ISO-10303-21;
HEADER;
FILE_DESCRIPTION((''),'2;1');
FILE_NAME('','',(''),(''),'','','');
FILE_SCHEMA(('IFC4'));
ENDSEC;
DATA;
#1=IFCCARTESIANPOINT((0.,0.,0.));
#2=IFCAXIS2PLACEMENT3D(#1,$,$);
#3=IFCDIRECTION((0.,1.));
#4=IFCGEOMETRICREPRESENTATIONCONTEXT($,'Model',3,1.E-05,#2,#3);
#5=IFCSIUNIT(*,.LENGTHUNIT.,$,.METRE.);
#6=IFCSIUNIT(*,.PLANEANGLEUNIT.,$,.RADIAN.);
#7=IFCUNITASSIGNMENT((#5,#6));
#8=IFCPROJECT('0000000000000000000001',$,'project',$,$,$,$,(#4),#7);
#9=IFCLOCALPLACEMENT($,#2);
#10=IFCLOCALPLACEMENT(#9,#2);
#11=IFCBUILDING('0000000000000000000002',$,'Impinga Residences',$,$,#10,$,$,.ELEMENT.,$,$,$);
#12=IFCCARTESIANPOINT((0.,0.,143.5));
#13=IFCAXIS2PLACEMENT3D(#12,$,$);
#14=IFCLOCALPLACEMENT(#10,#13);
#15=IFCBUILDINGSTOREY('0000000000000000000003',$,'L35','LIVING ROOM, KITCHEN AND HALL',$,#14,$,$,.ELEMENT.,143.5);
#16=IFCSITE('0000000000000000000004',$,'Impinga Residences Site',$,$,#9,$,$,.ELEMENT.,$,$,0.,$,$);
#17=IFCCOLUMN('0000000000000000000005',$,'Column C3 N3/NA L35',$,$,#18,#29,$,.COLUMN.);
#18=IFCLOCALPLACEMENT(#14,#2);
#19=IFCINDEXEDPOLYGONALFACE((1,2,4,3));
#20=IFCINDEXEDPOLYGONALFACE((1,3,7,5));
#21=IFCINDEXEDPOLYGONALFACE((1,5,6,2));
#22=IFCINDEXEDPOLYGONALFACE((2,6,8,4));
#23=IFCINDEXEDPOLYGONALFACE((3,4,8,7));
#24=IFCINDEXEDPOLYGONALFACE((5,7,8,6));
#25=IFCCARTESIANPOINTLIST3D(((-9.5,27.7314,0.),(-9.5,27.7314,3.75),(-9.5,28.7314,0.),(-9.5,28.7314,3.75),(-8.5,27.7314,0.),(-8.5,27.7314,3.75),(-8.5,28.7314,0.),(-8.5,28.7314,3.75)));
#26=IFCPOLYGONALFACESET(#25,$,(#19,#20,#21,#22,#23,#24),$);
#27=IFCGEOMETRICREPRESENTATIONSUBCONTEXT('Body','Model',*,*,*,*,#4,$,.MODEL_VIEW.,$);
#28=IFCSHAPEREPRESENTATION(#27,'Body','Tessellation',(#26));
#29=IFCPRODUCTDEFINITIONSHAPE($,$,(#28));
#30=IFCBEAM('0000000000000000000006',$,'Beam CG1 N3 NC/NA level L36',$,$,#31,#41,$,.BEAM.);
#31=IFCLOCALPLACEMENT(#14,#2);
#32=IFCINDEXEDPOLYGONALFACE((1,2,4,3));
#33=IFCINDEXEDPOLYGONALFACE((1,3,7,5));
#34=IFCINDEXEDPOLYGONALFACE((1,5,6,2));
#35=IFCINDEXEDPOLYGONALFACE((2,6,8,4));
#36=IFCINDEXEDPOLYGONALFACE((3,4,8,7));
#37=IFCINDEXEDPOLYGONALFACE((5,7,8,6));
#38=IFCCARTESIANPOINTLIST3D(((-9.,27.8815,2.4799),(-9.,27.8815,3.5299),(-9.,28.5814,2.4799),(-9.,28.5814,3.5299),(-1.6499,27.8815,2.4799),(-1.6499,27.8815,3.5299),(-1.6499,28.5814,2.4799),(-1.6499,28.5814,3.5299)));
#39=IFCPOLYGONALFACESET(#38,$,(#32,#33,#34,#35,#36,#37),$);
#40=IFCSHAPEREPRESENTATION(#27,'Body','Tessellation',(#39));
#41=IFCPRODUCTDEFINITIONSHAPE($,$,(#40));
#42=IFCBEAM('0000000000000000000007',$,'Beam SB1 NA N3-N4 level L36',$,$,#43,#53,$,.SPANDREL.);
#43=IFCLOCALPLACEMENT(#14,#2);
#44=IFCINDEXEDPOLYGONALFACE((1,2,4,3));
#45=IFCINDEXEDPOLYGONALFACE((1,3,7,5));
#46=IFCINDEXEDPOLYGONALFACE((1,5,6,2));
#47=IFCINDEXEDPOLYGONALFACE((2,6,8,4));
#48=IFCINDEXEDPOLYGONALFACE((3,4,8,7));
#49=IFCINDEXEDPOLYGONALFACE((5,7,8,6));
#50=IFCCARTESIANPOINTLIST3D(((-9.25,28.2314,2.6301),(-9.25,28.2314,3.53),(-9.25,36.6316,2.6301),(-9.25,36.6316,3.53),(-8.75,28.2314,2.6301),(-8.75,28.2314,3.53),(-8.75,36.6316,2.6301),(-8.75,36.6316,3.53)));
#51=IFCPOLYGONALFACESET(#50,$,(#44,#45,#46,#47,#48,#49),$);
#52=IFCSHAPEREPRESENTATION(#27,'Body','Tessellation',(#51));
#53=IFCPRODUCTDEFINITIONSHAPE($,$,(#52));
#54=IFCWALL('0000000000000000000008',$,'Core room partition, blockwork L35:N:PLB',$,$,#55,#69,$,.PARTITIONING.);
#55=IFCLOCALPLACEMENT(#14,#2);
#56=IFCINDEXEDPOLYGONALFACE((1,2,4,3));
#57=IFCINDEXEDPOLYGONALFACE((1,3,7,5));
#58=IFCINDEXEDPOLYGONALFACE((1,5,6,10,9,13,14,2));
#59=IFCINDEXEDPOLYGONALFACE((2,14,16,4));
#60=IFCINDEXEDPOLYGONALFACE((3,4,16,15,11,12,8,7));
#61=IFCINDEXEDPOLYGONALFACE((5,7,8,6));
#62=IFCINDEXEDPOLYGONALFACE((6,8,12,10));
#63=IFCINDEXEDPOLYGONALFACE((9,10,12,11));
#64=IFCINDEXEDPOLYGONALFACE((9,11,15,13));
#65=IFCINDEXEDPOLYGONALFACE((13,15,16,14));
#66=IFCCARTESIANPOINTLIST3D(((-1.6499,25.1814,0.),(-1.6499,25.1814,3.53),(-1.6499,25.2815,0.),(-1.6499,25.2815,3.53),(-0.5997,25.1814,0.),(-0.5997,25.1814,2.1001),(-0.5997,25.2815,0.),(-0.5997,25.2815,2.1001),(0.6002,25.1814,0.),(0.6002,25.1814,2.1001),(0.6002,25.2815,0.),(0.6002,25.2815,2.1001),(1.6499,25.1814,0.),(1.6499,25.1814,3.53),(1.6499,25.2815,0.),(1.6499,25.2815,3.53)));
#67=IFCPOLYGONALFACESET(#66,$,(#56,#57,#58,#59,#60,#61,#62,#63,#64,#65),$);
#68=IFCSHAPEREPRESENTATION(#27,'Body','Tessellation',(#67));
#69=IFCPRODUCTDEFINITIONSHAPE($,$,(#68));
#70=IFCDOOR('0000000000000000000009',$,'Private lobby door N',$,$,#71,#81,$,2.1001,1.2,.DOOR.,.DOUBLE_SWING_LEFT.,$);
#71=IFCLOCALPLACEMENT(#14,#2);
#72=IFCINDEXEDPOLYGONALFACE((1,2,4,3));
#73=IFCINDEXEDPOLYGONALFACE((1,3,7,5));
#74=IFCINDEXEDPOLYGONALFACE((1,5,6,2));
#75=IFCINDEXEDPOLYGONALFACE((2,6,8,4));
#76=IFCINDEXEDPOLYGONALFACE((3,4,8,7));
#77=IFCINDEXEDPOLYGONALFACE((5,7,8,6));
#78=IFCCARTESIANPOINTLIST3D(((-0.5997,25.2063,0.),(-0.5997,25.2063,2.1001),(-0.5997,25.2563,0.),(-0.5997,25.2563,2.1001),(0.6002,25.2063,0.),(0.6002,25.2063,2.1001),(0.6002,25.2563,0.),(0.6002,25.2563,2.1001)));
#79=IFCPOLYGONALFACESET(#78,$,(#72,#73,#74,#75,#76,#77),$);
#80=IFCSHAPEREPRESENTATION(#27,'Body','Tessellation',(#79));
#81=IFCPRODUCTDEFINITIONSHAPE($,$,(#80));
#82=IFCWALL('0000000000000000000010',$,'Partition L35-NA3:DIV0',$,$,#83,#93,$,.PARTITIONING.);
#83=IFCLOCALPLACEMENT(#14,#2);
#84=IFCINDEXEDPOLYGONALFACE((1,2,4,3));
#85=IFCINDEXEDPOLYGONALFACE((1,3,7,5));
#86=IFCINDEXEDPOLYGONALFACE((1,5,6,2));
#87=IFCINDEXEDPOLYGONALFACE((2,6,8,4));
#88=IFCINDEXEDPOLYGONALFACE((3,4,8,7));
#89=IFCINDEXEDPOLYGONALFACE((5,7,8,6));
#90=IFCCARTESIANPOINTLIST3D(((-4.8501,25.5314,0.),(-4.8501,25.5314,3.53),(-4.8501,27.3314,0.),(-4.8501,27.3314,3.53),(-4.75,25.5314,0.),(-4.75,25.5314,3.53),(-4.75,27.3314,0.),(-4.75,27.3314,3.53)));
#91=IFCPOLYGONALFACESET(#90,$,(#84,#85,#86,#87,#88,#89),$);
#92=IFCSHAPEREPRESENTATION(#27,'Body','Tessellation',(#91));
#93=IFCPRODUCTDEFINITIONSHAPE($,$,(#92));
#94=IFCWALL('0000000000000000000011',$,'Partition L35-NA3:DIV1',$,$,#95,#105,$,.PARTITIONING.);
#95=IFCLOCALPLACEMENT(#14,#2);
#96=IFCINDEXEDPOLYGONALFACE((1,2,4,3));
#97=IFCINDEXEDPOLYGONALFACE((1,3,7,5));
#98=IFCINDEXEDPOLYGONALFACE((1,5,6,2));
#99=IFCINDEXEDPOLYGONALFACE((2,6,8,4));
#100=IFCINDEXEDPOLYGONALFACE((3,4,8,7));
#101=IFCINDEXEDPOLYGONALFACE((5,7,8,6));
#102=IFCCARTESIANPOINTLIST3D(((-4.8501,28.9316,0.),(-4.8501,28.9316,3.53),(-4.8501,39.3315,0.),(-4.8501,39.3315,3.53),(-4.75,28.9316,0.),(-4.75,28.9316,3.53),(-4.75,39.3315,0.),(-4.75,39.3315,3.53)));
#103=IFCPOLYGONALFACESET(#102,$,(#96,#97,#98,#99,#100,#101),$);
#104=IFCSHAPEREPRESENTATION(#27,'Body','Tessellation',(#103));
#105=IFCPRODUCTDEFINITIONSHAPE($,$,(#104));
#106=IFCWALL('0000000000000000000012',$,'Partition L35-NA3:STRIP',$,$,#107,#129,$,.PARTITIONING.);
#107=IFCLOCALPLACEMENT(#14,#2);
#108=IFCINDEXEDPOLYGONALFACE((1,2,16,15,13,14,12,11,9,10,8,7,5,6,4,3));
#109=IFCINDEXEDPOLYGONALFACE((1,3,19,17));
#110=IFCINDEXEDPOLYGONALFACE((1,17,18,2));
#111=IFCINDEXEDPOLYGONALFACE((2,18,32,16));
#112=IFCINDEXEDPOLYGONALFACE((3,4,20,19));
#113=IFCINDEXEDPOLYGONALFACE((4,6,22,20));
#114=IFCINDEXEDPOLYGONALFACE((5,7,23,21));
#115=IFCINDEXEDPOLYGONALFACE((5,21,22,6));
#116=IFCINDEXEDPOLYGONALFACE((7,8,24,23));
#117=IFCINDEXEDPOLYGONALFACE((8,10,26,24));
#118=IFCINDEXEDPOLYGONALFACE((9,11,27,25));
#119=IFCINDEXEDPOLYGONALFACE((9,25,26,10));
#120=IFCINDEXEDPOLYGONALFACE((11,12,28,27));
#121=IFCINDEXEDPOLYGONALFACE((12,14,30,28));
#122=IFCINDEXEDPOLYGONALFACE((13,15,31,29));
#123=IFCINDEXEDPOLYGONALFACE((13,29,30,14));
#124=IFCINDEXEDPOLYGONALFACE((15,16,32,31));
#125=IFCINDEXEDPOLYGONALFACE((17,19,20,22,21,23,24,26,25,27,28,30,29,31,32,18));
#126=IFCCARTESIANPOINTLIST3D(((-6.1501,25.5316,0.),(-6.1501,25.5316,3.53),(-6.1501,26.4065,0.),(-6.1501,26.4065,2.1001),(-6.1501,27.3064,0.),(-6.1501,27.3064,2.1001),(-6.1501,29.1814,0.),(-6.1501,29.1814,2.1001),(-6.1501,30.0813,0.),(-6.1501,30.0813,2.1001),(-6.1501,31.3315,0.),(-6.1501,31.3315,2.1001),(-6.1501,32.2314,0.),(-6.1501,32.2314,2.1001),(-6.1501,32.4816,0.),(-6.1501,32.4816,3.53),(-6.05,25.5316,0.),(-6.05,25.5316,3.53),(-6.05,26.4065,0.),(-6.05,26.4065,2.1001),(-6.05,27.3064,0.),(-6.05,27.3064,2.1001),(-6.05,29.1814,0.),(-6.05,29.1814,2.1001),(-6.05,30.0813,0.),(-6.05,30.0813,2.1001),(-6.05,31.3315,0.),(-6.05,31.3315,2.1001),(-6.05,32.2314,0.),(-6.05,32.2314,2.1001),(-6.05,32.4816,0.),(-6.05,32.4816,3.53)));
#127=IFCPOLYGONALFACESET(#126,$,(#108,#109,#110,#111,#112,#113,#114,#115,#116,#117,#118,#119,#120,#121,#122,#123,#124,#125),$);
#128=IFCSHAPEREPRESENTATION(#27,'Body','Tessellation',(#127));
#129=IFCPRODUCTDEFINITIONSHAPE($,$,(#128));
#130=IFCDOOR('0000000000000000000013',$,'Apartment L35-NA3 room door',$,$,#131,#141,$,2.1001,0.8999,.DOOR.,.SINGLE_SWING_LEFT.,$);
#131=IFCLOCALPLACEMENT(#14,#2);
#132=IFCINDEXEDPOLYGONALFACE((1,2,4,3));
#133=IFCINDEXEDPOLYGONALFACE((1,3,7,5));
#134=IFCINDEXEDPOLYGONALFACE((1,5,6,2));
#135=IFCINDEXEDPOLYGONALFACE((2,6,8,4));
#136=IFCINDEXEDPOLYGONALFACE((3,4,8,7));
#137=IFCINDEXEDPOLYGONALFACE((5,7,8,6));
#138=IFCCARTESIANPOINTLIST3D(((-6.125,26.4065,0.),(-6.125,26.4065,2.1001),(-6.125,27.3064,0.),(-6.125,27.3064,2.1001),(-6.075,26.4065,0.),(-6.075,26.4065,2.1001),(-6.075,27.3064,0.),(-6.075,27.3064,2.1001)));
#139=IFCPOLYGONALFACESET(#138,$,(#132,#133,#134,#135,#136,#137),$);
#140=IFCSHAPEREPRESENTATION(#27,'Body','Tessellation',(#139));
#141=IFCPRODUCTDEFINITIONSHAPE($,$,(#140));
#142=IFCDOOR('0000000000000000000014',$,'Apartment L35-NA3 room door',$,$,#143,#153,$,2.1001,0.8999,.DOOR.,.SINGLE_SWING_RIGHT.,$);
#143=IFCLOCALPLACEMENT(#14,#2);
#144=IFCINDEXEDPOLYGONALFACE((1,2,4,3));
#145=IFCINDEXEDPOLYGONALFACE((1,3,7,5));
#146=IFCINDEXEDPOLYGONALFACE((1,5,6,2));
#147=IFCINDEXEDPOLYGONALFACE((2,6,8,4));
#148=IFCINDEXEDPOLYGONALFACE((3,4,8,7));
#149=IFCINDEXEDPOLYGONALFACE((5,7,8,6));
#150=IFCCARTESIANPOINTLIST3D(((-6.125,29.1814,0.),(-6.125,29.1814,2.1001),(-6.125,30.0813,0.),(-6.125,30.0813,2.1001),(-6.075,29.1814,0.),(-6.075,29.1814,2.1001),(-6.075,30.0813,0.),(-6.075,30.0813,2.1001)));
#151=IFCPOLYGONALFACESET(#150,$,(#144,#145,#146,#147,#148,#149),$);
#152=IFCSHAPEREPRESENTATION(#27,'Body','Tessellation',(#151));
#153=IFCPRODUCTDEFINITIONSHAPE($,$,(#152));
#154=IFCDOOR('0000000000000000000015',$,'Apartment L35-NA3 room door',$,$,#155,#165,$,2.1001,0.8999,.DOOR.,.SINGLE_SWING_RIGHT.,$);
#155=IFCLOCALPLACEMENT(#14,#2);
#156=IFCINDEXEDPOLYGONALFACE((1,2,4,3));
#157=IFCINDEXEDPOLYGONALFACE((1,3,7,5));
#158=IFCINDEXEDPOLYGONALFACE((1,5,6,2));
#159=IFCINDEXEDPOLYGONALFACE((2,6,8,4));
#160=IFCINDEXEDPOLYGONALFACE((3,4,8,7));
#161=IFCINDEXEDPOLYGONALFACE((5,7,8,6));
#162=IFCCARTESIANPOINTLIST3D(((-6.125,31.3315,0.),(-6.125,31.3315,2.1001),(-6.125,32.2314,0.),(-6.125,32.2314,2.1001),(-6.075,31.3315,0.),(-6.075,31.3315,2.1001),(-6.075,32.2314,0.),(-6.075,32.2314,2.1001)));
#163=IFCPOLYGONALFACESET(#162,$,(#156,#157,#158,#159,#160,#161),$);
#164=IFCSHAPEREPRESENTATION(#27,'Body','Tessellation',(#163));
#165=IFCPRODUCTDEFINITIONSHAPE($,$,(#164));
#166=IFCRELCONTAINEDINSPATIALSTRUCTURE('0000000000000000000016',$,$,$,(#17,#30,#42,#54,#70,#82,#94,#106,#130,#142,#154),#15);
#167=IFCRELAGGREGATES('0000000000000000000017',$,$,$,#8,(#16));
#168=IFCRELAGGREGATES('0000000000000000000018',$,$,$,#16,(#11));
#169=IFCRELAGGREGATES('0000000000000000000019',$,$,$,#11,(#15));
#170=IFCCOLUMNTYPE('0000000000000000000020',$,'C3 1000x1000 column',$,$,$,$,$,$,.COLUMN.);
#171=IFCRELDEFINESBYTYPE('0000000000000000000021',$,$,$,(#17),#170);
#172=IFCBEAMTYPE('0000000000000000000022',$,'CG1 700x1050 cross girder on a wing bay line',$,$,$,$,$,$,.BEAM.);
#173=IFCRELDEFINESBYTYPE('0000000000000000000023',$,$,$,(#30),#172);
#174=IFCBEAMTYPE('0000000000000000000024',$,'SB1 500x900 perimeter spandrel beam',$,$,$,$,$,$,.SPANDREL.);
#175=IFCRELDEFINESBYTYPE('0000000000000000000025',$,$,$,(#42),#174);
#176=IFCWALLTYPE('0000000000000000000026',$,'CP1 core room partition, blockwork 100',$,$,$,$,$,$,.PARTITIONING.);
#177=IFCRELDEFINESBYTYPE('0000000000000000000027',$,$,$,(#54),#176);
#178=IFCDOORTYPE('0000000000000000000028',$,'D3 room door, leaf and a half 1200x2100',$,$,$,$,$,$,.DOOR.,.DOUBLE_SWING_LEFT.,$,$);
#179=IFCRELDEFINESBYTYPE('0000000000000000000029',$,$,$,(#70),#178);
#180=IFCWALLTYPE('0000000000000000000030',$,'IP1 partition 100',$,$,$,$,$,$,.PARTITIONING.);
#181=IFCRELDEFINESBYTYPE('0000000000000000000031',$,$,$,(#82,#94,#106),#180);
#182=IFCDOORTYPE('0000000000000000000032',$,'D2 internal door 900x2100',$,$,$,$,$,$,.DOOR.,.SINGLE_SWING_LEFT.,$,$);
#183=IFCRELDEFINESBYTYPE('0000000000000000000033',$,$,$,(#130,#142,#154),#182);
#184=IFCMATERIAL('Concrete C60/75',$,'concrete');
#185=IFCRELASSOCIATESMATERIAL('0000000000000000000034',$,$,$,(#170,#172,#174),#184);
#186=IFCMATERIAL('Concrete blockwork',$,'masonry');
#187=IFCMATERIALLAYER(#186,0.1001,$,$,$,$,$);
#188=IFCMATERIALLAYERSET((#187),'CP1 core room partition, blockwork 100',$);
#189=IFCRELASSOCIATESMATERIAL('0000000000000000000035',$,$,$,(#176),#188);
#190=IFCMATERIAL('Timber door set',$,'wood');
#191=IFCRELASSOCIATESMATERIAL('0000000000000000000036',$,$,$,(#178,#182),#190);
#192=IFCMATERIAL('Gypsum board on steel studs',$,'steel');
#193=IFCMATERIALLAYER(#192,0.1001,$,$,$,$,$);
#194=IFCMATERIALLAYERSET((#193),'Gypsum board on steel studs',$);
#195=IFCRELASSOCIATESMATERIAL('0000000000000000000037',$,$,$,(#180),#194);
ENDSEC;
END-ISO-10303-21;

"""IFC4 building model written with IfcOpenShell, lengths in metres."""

from ifc_helpers import new_model, si_unit, direction, frame, frame_2d, origin, origin_2d, place, context, subcontext, project, spatial, rectangle, extrude, material, layer, layer_set, material_profile, profile_set, type_object, element, fill, save


model = new_model("IFC4")

# Units and contexts
model_context = context("Model", 3, precision=1e-05, world=origin(), true_north=direction((0.0, 1.0)))
body_context = subcontext(model_context, "Body", "Model", "MODEL_VIEW")
ifc_project = project(units=[si_unit("LENGTHUNIT", "METRE"), si_unit("PLANEANGLEUNIT", "RADIAN")], contexts=[model_context])

# Site, building, storey
site_placement = place(None, origin())
site = spatial("IfcSite", under=ifc_project, at=site_placement, Name="Impinga Residences Site", CompositionType="ELEMENT", RefElevation=0.0)
building_placement = place(site_placement, origin())
building = spatial("IfcBuilding", under=site, at=building_placement, Name="Impinga Residences", CompositionType="ELEMENT")
storey_placement = place(building_placement, frame((0.0, 0.0, 143.5)))
storey = spatial("IfcBuildingStorey", under=building, at=storey_placement, Name="L35", Description="LIVING ROOM, KITCHEN AND HALL", CompositionType="ELEMENT", Elevation=143.5)

# Column
ifc_material_1 = material(Name="Concrete C60/75", Category="concrete")
ifc_material_profile_1 = material_profile(ifc_material_1, rectangle(XDim=1.0, YDim=1.0, at=origin_2d()), Name="RC 1000x1000")
ifc_profile_set_1 = profile_set([ifc_material_profile_1], Name="Concrete C60/75")
column_type = type_object("IfcColumnType", Name="C3 1000x1000 column", PredefinedType="COLUMN", material=ifc_profile_set_1)
column_placement = place(storey_placement, frame((-9.0, 28.2314, 0.0), z_axis=(0.0, 0.0, 1.0), x_axis=(1.0, 0.0, 0.0)))
element("IfcColumn", 1, at=column_placement, inside=storey, type_object=column_type, Name="Column C3 N3/NA L35", PredefinedType="COLUMN", context=body_context, shape_type="SweptSolid", body=[
    extrude(rectangle(XDim=1.0, YDim=1.0, at=origin_2d()), origin(), (0.0, 0.0, 1.0), 3.75),
])

# Beams
ifc_material_profile_2 = material_profile(ifc_material_1, rectangle(XDim=0.7, YDim=1.05, at=origin_2d()), Name="RC 700x1050")
ifc_profile_set_2 = profile_set([ifc_material_profile_2], Name="Concrete C60/75")
beam_type_1 = type_object("IfcBeamType", Name="CG1 700x1050 cross girder on a wing bay line", PredefinedType="BEAM", material=ifc_profile_set_2)
beam_1_placement = place(storey_placement, frame((-1.6499, 28.2314, 3.0049), z_axis=(-1.0, 0.0, 0.0), x_axis=(0.0, -1.0, 0.0)))
element("IfcBeam", 2, at=beam_1_placement, inside=storey, type_object=beam_type_1, Name="Beam CG1 N3 NC/NA level L36", PredefinedType="BEAM", context=body_context, shape_type="SweptSolid", body=[
    extrude(rectangle(XDim=0.7, YDim=1.05, at=origin_2d()), origin(), (0.0, 0.0, 1.0), 7.3501),
])
ifc_material_profile_3 = material_profile(ifc_material_1, rectangle(XDim=0.5, YDim=0.8999, at=origin_2d()), Name="RC 500x900")
ifc_profile_set_3 = profile_set([ifc_material_profile_3], Name="Concrete C60/75")
beam_type_2 = type_object("IfcBeamType", Name="SB1 500x900 perimeter spandrel beam", PredefinedType="SPANDREL", material=ifc_profile_set_3)
beam_2_placement = place(storey_placement, frame((-9.0, 28.2314, 3.0801), z_axis=(0.0, 1.0, 0.0), x_axis=(-1.0, 0.0, 0.0)))
element("IfcBeam", 3, at=beam_2_placement, inside=storey, type_object=beam_type_2, Name="Beam SB1 NA N3-N4 level L36", PredefinedType="SPANDREL", context=body_context, shape_type="SweptSolid", body=[
    extrude(rectangle(XDim=0.5, YDim=0.8999, at=origin_2d()), origin(), (0.0, 0.0, 1.0), 8.4001),
])

# Wall, opening, door
ifc_material_2 = material(Name="Concrete blockwork", Category="masonry")
ifc_layer_1 = layer(ifc_material_2, 0.1001)
ifc_layer_set_1 = layer_set([ifc_layer_1], Name="CP1 core room partition, blockwork 100")
wall_type_1 = type_object("IfcWallType", Name="CP1 core room partition, blockwork 100", PredefinedType="PARTITIONING", material=ifc_layer_set_1)
wall_1_placement = place(storey_placement, frame((-1.6499, 25.2314, 0.0), z_axis=(0.0, 0.0, 1.0), x_axis=(1.0, 0.0, 0.0)))
wall_1 = element("IfcWall", 4, at=wall_1_placement, inside=storey, type_object=wall_type_1, Name="Core room partition, blockwork L35:N:PLB", PredefinedType="PARTITIONING", context=body_context, shape_type="SweptSolid", body=[
    extrude(rectangle(XDim=3.2998, YDim=0.1001, at=frame_2d((1.6499, 0.0))), origin(), (0.0, 0.0, 1.0), 3.53),
])
opening_1_placement = place(wall_1_placement, frame((1.05, 0.0, 0.0)))
opening_1 = element("IfcOpeningElement", 5, at=opening_1_placement, cuts=wall_1, PredefinedType="OPENING", context=body_context, shape_type="SweptSolid", body=[
    extrude(rectangle(XDim=1.2, YDim=2.1001, at=frame_2d((0.6001, 1.05))), frame((0.0, 0.0601, 0.0), z_axis=(0.0, -1.0, 0.0), x_axis=(1.0, 0.0, 0.0)), (0.0, 0.0, 1.0), 0.1201),
])
ifc_material_3 = material(Name="Timber door set", Category="wood")
door_type_1 = type_object("IfcDoorType", Name="D3 room door, leaf and a half 1200x2100", OperationType="DOUBLE_SWING_LEFT", PredefinedType="DOOR", material=ifc_material_3)
door_1_placement = place(opening_1_placement, origin())
door_1 = element("IfcDoor", 6, at=door_1_placement, inside=storey, type_object=door_type_1, Name="Private lobby door N", OperationType="DOUBLE_SWING_LEFT", OverallHeight=2.1001, OverallWidth=1.2, PredefinedType="DOOR", context=body_context, shape_type="SweptSolid", body=[
    extrude(rectangle(XDim=1.2, YDim=2.1001, at=frame_2d((0.6001, 1.05))), frame((0.0, 0.0249, 0.0), z_axis=(0.0, -1.0, 0.0), x_axis=(1.0, 0.0, 0.0)), (0.0, 0.0, 1.0), 0.05),
])
fill(opening_1, door_1)

# Walls
ifc_material_4 = material(Name="Gypsum board on steel studs", Category="steel")
ifc_layer_2 = layer(ifc_material_4, 0.1001)
ifc_layer_set_2 = layer_set([ifc_layer_2], Name="Gypsum board on steel studs")
wall_type_2 = type_object("IfcWallType", Name="IP1 partition 100", PredefinedType="PARTITIONING", material=ifc_layer_set_2)
wall_2_placement = place(storey_placement, frame((-4.8, 25.5315, 0.0), z_axis=(0.0, 0.0, 1.0), x_axis=(0.0, 1.0, 0.0)))
element("IfcWall", 7, at=wall_2_placement, inside=storey, type_object=wall_type_2, Name="Partition L35-NA3:DIV0", PredefinedType="PARTITIONING", context=body_context, shape_type="SweptSolid", body=[
    extrude(rectangle(XDim=1.8, YDim=0.1001, at=frame_2d((0.8999, 0.0))), origin(), (0.0, 0.0, 1.0), 3.53),
])
wall_3_placement = place(storey_placement, frame((-4.8, 28.9316, 0.0), z_axis=(0.0, 0.0, 1.0), x_axis=(0.0, 1.0, 0.0)))
element("IfcWall", 8, at=wall_3_placement, inside=storey, type_object=wall_type_2, Name="Partition L35-NA3:DIV1", PredefinedType="PARTITIONING", context=body_context, shape_type="SweptSolid", body=[
    extrude(rectangle(XDim=10.3999, YDim=0.1001, at=frame_2d((5.2, 0.0))), origin(), (0.0, 0.0, 1.0), 3.53),
])

# Wall, openings, doors
wall_4_placement = place(storey_placement, frame((-6.1001, 25.5315, 0.0), z_axis=(0.0, 0.0, 1.0), x_axis=(0.0, 1.0, 0.0)))
wall_4 = element("IfcWall", 9, at=wall_4_placement, inside=storey, type_object=wall_type_2, Name="Partition L35-NA3:STRIP", PredefinedType="PARTITIONING", context=body_context, shape_type="SweptSolid", body=[
    extrude(rectangle(XDim=6.95, YDim=0.1001, at=frame_2d((3.4751, 0.0))), origin(), (0.0, 0.0, 1.0), 3.53),
])
opening_2_placement = place(wall_4_placement, frame((0.875, 0.0, 0.0)))
opening_2 = element("IfcOpeningElement", 10, at=opening_2_placement, cuts=wall_4, PredefinedType="OPENING", context=body_context, shape_type="SweptSolid", body=[
    extrude(rectangle(XDim=0.8999, YDim=2.1001, at=frame_2d((0.45, 1.05))), frame((0.0, 0.0601, 0.0), z_axis=(0.0, -1.0, 0.0), x_axis=(1.0, 0.0, 0.0)), (0.0, 0.0, 1.0), 0.1201),
])
opening_3_placement = place(wall_4_placement, frame((3.6499, 0.0, 0.0)))
opening_3 = element("IfcOpeningElement", 11, at=opening_3_placement, cuts=wall_4, PredefinedType="OPENING", context=body_context, shape_type="SweptSolid", body=[
    extrude(rectangle(XDim=0.8999, YDim=2.1001, at=frame_2d((0.45, 1.05))), frame((0.0, 0.0601, 0.0), z_axis=(0.0, -1.0, 0.0), x_axis=(1.0, 0.0, 0.0)), (0.0, 0.0, 1.0), 0.1201),
])
opening_4_placement = place(wall_4_placement, frame((5.8, 0.0, 0.0)))
opening_4 = element("IfcOpeningElement", 12, at=opening_4_placement, cuts=wall_4, PredefinedType="OPENING", context=body_context, shape_type="SweptSolid", body=[
    extrude(rectangle(XDim=0.8999, YDim=2.1001, at=frame_2d((0.45, 1.05))), frame((0.0, 0.0601, 0.0), z_axis=(0.0, -1.0, 0.0), x_axis=(1.0, 0.0, 0.0)), (0.0, 0.0, 1.0), 0.1201),
])
door_type_2 = type_object("IfcDoorType", Name="D2 internal door 900x2100", OperationType="SINGLE_SWING_LEFT", PredefinedType="DOOR", material=ifc_material_3)
door_2_placement = place(opening_2_placement, origin())
door_2 = element("IfcDoor", 13, at=door_2_placement, inside=storey, type_object=door_type_2, Name="Apartment L35-NA3 room door", OperationType="SINGLE_SWING_LEFT", OverallHeight=2.1001, OverallWidth=0.8999, PredefinedType="DOOR", context=body_context, shape_type="SweptSolid", body=[
    extrude(rectangle(XDim=0.8999, YDim=2.1001, at=frame_2d((0.45, 1.05))), frame((0.0, 0.0249, 0.0), z_axis=(0.0, -1.0, 0.0), x_axis=(1.0, 0.0, 0.0)), (0.0, 0.0, 1.0), 0.05),
])
fill(opening_2, door_2)
door_3_placement = place(opening_3_placement, origin())
door_3 = element("IfcDoor", 14, at=door_3_placement, inside=storey, type_object=door_type_2, Name="Apartment L35-NA3 room door", OperationType="SINGLE_SWING_RIGHT", OverallHeight=2.1001, OverallWidth=0.8999, PredefinedType="DOOR", context=body_context, shape_type="SweptSolid", body=[
    extrude(rectangle(XDim=0.8999, YDim=2.1001, at=frame_2d((0.45, 1.05))), frame((0.0, 0.0249, 0.0), z_axis=(0.0, -1.0, 0.0), x_axis=(1.0, 0.0, 0.0)), (0.0, 0.0, 1.0), 0.05),
])
fill(opening_3, door_3)
door_4_placement = place(opening_4_placement, origin())
door_4 = element("IfcDoor", 15, at=door_4_placement, inside=storey, type_object=door_type_2, Name="Apartment L35-NA3 room door", OperationType="SINGLE_SWING_RIGHT", OverallHeight=2.1001, OverallWidth=0.8999, PredefinedType="DOOR", context=body_context, shape_type="SweptSolid", body=[
    extrude(rectangle(XDim=0.8999, YDim=2.1001, at=frame_2d((0.45, 1.05))), frame((0.0, 0.0249, 0.0), z_axis=(0.0, -1.0, 0.0), x_axis=(1.0, 0.0, 0.0)), (0.0, 0.0, 1.0), 0.05),
])
fill(opening_4, door_4)

save(model, "model.ifc")
